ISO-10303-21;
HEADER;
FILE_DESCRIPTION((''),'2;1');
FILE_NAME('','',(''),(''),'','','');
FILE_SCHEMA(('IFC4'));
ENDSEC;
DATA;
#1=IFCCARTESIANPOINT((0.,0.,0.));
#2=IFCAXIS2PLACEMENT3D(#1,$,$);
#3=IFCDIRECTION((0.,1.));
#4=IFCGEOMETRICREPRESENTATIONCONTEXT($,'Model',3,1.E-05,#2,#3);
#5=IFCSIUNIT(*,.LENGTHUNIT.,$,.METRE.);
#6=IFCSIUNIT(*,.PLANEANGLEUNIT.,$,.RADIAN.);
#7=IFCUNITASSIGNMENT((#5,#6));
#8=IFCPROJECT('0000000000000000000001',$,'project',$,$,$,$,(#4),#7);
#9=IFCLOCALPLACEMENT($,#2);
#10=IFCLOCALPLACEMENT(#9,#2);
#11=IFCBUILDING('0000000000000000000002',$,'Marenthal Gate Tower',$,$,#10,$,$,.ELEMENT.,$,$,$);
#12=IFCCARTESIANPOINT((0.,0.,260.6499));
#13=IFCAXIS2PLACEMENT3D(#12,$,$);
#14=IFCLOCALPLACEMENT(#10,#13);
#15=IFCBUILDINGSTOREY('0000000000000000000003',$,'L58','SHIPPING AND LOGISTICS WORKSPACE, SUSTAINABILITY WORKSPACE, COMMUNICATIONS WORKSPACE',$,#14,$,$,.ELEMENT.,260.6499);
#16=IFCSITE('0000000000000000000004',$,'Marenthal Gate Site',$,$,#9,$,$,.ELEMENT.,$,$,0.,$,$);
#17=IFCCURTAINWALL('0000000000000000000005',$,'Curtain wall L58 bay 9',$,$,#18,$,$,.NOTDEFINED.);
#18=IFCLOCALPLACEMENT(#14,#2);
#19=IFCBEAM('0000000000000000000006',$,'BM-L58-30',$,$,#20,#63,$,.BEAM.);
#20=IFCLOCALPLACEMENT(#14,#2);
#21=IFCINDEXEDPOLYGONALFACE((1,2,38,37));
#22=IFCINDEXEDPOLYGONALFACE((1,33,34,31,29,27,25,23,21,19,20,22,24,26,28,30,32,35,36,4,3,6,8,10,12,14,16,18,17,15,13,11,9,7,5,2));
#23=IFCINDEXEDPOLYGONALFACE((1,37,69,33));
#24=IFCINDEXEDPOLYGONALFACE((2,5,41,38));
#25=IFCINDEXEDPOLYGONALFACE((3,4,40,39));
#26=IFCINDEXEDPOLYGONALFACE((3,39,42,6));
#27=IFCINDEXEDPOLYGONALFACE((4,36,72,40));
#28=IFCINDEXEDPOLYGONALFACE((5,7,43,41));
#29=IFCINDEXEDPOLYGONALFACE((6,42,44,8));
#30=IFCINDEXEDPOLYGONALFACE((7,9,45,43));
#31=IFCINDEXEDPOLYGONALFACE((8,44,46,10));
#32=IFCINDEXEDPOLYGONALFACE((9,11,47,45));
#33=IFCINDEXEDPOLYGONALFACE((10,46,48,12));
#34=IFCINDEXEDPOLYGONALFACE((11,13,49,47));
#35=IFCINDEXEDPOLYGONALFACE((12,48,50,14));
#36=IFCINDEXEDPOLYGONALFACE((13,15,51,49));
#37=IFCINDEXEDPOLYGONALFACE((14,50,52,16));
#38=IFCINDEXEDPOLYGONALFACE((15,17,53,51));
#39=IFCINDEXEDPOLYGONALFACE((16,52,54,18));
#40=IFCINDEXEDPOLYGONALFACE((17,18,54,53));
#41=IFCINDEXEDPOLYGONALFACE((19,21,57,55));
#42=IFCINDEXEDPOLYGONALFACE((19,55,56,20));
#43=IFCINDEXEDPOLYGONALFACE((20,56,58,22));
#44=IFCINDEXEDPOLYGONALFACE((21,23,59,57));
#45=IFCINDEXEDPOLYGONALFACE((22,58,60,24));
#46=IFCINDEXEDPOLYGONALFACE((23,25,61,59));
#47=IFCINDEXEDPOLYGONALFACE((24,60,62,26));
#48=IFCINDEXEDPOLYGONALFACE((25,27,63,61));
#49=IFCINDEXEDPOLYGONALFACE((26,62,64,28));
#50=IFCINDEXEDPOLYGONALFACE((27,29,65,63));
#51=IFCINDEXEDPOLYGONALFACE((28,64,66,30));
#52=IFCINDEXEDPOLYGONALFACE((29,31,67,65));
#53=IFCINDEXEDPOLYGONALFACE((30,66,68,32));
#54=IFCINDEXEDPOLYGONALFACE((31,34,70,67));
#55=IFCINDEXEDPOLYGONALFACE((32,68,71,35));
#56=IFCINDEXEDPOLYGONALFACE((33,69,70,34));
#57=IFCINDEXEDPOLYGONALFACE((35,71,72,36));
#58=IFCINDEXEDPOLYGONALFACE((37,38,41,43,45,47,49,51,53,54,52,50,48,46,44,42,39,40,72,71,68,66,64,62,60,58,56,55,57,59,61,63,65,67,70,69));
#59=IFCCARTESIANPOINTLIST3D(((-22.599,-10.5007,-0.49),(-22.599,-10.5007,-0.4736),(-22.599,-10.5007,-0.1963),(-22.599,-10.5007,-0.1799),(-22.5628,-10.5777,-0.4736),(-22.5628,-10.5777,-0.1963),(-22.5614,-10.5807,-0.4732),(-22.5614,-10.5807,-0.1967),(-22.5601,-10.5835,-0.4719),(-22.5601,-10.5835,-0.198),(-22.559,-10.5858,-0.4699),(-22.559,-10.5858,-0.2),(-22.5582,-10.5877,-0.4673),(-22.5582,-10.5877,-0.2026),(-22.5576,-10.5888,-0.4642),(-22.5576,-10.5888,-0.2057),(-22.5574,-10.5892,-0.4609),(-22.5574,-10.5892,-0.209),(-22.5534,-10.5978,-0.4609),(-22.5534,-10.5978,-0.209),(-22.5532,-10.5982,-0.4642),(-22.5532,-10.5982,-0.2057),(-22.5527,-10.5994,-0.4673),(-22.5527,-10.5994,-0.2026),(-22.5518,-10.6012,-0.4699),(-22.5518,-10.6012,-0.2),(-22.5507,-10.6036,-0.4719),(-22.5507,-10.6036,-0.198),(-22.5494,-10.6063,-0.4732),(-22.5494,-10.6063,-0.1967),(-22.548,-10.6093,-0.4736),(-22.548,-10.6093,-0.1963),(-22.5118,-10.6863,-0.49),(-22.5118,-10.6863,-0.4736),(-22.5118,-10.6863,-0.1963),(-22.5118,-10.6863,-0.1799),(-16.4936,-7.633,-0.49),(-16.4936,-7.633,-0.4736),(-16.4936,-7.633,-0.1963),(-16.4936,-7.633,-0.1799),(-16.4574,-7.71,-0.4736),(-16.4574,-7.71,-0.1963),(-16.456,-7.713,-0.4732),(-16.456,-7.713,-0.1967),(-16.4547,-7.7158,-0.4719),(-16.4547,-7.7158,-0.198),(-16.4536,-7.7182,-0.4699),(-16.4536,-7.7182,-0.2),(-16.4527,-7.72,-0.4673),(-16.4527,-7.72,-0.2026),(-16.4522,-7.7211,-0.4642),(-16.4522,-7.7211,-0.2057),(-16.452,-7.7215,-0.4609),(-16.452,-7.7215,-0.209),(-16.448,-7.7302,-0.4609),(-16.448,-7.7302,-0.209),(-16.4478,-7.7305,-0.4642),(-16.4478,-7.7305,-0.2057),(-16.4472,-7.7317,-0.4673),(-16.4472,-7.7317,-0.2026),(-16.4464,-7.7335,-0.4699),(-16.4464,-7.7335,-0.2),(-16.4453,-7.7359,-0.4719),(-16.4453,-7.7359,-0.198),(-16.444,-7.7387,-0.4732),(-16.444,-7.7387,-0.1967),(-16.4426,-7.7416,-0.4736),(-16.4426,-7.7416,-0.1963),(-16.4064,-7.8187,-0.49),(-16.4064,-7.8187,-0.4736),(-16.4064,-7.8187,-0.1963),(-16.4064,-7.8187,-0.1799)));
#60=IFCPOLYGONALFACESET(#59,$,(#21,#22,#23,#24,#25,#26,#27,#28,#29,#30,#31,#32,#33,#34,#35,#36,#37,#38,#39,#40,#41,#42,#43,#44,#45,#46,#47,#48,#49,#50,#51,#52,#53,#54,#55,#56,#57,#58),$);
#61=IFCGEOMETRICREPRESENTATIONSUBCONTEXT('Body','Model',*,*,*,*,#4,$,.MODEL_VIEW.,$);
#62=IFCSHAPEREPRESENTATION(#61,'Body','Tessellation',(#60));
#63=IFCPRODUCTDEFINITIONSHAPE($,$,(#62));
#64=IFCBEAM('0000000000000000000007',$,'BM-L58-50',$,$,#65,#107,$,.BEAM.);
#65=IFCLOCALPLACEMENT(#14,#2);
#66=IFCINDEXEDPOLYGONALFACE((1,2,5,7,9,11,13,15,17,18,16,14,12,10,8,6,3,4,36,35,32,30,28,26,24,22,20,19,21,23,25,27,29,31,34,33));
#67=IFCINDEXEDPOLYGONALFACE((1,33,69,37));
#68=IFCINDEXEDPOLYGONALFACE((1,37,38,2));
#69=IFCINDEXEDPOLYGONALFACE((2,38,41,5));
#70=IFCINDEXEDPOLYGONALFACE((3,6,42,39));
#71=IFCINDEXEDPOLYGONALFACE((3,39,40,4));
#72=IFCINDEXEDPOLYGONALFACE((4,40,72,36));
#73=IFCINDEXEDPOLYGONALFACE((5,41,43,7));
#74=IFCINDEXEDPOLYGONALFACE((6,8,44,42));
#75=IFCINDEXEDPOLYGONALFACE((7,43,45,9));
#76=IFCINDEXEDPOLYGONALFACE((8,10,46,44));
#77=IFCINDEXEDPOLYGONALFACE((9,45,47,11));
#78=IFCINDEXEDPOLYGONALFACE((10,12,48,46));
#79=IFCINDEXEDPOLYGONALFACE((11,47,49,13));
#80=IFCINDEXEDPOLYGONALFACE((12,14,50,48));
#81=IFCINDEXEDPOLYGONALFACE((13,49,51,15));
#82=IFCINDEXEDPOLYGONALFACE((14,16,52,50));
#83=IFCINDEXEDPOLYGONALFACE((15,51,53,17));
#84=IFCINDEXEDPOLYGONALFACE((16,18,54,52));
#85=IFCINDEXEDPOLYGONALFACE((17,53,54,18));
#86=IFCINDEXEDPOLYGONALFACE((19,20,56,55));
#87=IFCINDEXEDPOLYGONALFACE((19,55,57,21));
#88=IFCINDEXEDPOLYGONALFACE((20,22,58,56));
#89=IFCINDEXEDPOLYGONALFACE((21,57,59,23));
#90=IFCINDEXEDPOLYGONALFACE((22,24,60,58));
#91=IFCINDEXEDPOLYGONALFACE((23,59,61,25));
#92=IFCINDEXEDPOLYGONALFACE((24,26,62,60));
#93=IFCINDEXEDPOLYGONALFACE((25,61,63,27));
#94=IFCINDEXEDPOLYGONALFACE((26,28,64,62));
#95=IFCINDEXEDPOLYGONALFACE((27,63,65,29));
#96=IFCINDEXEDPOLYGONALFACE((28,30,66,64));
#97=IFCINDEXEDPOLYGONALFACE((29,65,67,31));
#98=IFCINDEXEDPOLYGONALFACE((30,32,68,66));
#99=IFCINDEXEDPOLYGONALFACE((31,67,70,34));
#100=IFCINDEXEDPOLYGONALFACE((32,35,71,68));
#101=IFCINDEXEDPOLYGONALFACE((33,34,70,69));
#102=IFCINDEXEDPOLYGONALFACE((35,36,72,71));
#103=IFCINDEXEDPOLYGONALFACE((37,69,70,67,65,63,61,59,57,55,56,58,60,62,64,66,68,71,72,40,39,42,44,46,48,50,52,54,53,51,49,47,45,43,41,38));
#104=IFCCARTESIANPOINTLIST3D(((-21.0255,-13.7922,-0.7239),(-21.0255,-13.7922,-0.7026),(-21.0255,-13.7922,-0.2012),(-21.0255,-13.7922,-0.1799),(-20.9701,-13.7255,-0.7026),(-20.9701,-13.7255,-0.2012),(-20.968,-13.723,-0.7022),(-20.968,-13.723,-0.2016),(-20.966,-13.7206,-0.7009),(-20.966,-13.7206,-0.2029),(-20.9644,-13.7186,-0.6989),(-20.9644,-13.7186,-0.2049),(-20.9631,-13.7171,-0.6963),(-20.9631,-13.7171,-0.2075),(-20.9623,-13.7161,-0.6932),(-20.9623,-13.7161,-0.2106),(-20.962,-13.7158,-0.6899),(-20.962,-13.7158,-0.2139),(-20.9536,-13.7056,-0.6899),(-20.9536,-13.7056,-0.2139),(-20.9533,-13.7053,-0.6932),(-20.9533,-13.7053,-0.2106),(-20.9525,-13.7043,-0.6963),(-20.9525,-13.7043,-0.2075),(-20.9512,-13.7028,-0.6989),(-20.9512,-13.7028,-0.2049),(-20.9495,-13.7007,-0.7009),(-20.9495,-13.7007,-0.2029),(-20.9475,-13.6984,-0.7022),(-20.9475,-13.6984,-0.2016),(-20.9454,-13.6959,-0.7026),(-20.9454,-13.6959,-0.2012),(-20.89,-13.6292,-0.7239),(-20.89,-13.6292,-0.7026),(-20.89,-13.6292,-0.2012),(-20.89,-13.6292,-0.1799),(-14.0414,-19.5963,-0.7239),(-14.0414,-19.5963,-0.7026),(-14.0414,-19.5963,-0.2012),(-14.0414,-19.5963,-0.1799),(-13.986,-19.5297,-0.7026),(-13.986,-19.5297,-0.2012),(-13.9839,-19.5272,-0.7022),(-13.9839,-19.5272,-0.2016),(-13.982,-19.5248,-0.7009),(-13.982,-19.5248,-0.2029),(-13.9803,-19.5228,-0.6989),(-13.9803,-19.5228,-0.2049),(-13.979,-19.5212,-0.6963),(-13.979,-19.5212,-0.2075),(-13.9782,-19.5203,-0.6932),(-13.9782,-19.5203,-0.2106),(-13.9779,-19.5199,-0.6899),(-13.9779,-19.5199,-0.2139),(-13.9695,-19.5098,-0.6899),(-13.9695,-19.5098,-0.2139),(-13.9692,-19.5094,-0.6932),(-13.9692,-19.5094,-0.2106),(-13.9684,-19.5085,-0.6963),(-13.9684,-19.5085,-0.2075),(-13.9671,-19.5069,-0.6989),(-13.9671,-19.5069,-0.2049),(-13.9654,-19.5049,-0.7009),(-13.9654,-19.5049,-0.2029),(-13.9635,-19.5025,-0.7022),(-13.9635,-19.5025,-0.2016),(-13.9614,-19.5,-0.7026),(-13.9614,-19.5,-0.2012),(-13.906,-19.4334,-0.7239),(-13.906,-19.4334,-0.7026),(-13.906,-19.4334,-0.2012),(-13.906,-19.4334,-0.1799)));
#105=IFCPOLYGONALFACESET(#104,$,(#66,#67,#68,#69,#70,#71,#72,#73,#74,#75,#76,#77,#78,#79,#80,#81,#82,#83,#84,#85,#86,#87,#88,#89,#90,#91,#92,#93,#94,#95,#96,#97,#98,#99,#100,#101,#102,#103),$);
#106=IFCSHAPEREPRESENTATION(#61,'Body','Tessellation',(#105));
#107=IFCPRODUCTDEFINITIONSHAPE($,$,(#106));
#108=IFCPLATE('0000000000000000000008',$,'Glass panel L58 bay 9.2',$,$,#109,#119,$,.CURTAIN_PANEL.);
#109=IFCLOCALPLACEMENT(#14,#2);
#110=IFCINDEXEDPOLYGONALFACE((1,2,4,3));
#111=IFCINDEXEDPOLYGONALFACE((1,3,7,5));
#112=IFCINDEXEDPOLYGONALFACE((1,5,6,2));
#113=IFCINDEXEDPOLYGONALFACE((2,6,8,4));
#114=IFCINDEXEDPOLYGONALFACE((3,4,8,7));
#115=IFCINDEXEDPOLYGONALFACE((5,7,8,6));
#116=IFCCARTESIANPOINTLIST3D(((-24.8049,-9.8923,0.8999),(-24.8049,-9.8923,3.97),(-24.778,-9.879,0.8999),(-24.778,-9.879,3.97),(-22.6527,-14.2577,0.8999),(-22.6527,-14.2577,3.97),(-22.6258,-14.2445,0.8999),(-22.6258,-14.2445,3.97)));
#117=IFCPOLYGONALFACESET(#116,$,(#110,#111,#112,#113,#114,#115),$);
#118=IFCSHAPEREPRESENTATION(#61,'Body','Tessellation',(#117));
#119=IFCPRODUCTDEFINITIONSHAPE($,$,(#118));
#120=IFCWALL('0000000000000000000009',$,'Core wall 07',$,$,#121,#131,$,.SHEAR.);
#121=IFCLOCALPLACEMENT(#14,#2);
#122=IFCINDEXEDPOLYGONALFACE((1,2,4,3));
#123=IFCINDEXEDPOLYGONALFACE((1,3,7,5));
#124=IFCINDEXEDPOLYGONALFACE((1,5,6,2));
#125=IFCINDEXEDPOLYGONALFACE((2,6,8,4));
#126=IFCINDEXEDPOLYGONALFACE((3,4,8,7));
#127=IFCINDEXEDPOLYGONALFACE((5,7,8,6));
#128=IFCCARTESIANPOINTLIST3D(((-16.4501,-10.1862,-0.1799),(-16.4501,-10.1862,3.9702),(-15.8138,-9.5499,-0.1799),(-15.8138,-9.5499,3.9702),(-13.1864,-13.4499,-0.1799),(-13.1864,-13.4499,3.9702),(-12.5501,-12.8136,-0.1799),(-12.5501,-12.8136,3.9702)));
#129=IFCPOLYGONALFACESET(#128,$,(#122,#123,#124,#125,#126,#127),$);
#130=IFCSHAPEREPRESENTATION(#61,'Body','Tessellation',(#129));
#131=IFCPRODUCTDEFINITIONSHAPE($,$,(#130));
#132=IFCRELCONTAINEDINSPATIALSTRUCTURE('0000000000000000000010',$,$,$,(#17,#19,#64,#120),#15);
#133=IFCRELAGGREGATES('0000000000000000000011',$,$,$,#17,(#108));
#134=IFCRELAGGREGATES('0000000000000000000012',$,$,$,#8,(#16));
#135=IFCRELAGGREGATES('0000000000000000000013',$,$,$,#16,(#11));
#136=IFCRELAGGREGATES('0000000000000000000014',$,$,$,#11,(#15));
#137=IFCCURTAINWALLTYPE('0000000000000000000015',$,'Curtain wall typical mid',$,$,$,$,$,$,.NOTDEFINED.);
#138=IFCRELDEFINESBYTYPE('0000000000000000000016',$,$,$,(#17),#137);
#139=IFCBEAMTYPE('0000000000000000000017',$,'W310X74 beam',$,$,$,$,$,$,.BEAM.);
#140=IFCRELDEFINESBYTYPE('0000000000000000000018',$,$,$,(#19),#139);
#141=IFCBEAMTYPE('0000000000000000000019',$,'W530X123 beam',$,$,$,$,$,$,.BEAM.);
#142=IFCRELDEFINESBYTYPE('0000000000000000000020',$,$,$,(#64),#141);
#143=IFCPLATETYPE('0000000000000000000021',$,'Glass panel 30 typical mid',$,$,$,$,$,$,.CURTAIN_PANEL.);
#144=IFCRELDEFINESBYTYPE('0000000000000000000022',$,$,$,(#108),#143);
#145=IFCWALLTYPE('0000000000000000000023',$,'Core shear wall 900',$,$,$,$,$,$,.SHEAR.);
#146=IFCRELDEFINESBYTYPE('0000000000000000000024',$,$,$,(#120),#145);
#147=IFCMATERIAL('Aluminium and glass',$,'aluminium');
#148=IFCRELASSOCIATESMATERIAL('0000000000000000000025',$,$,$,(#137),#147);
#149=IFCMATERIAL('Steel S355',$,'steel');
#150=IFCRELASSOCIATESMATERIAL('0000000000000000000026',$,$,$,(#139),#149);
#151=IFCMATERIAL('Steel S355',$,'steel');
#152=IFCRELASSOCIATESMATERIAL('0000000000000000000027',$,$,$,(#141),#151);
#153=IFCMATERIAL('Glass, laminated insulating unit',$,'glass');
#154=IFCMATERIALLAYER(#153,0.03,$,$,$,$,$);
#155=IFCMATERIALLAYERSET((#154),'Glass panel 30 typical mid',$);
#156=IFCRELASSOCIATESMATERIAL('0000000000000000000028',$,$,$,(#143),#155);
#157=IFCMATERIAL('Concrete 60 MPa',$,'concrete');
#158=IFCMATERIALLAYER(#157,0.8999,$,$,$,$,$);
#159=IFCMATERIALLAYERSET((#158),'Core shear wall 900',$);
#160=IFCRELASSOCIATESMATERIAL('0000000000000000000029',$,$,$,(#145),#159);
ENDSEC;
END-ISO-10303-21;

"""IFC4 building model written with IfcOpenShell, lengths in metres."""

from ifc_helpers import new_model, si_unit, direction, frame, frame_2d, origin, origin_2d, place, context, subcontext, project, spatial, rectangle, i_section, extrude, material, layer, layer_set, material_profile, profile_set, type_object, element, aggregate, save


model = new_model("IFC4")

# Units and contexts
model_context = context("Model", 3, precision=1e-05, world=origin(), true_north=direction((0.0, 1.0)))
body_context = subcontext(model_context, "Body", "Model", "MODEL_VIEW")
ifc_project = project(units=[si_unit("LENGTHUNIT", "METRE"), si_unit("PLANEANGLEUNIT", "RADIAN")], contexts=[model_context])

# Site, building, storey
site_placement = place(None, origin())
site = spatial("IfcSite", under=ifc_project, at=site_placement, Name="Marenthal Gate Site", CompositionType="ELEMENT", RefElevation=0.0)
building_placement = place(site_placement, origin())
building = spatial("IfcBuilding", under=site, at=building_placement, Name="Marenthal Gate Tower", CompositionType="ELEMENT")
storey_placement = place(building_placement, frame((0.0, 0.0, 260.6499)))
storey = spatial("IfcBuildingStorey", under=building, at=storey_placement, Name="L58", Description="SHIPPING AND LOGISTICS WORKSPACE, SUSTAINABILITY WORKSPACE, COMMUNICATIONS WORKSPACE", CompositionType="ELEMENT", Elevation=260.6499)

# Curtain wall
ifc_material_1 = material(Name="Aluminium and glass", Category="aluminium")
curtain_wall_type = type_object("IfcCurtainWallType", Name="Curtain wall typical mid", PredefinedType="NOTDEFINED", material=ifc_material_1)
curtain_wall_1_placement = place(storey_placement, origin())
curtain_wall_1 = element("IfcCurtainWall", 1, at=curtain_wall_1_placement, inside=storey, type_object=curtain_wall_type, Name="Curtain wall L58 bay 9", PredefinedType="NOTDEFINED")

# Beams
ifc_material_2 = material(Name="Steel S355", Category="steel")
ifc_material_profile_1 = material_profile(ifc_material_2, i_section(OverallWidth=0.2051, OverallDepth=0.3101, WebThickness=0.0095, FlangeThickness=0.0164, FilletRadius=0.0127, at=origin_2d()), Name="W310X74")
ifc_profile_set_1 = profile_set([ifc_material_profile_1], Name="Steel S355")
beam_type_1 = type_object("IfcBeamType", Name="W310X74 beam", PredefinedType="BEAM", material=ifc_profile_set_1)
beam_1_placement = place(storey_placement, frame((-22.5554, -10.5935, -0.335), z_axis=(0.905132, 0.425131, 0.0), x_axis=(-0.425131, 0.905132, 0.0)))
element("IfcBeam", 2, at=beam_1_placement, inside=storey, type_object=beam_type_1, Name="BM-L58-30", PredefinedType="BEAM", context=body_context, shape_type="SweptSolid", body=[
    extrude(i_section(OverallWidth=0.2051, OverallDepth=0.3101, WebThickness=0.0095, FlangeThickness=0.0164, FilletRadius=0.0127, at=origin_2d()), origin(), (0.0, 0.0, 1.0), 6.7454),
])
ifc_material_3 = material(Name="Steel S355", Category="steel")
ifc_material_profile_2 = material_profile(ifc_material_3, i_section(OverallWidth=0.2119, OverallDepth=0.5439, WebThickness=0.0132, FlangeThickness=0.0212, FilletRadius=0.0127, at=origin_2d()), Name="W530X123")
ifc_profile_set_2 = profile_set([ifc_material_profile_2], Name="Steel S355")
beam_type_2 = type_object("IfcBeamType", Name="W530X123 beam", PredefinedType="BEAM", material=ifc_profile_set_2)
beam_2_placement = place(storey_placement, frame((-20.9578, -13.7107, -0.4519), z_axis=(0.769082, -0.63915, 0.0), x_axis=(0.63915, 0.769082, 0.0)))
element("IfcBeam", 3, at=beam_2_placement, inside=storey, type_object=beam_type_2, Name="BM-L58-50", PredefinedType="BEAM", context=body_context, shape_type="SweptSolid", body=[
    extrude(i_section(OverallWidth=0.2119, OverallDepth=0.5439, WebThickness=0.0132, FlangeThickness=0.0212, FilletRadius=0.0127, at=origin_2d()), origin(), (0.0, 0.0, 1.0), 9.0811),
])

# Plate
ifc_material_4 = material(Name="Glass, laminated insulating unit", Category="glass")
ifc_layer_1 = layer(ifc_material_4, 0.03)
ifc_layer_set_1 = layer_set([ifc_layer_1], Name="Glass panel 30 typical mid")
plate_type = type_object("IfcPlateType", Name="Glass panel 30 typical mid", PredefinedType="CURTAIN_PANEL", material=ifc_layer_set_1)
plate_placement = place(storey_placement, frame((-23.7153, -12.0684, 0.8999), z_axis=(0.0, 0.0, 1.0), x_axis=(0.442192, -0.896921, 0.0)))
plate = element("IfcPlate", 4, at=plate_placement, type_object=plate_type, Name="Glass panel L58 bay 9.2", PredefinedType="CURTAIN_PANEL", context=body_context, shape_type="SweptSolid", body=[
    extrude(rectangle(XDim=4.8672, YDim=0.03, at=origin_2d()), origin(), (0.0, 0.0, 1.0), 3.0701),
])
aggregate(curtain_wall_1, [plate])

# Wall
ifc_material_5 = material(Name="Concrete 60 MPa", Category="concrete")
ifc_layer_2 = layer(ifc_material_5, 0.8999)
ifc_layer_set_2 = layer_set([ifc_layer_2], Name="Core shear wall 900")
wall_type_1 = type_object("IfcWallType", Name="Core shear wall 900", PredefinedType="SHEAR", material=ifc_layer_set_2)
wall_1_placement = place(storey_placement, frame((-16.1318, -9.8682, -0.1799), z_axis=(0.0, 0.0, 1.0), x_axis=(0.707107, -0.707107, 0.0)))
element("IfcWall", 5, at=wall_1_placement, inside=storey, type_object=wall_type_1, Name="Core wall 07", PredefinedType="SHEAR", context=body_context, shape_type="SweptSolid", body=[
    extrude(rectangle(XDim=4.6155, YDim=0.8999, at=frame_2d((2.3076, 0.0))), origin(), (0.0, 0.0, 1.0), 4.1501),
])

save(model, "model.ifc")
